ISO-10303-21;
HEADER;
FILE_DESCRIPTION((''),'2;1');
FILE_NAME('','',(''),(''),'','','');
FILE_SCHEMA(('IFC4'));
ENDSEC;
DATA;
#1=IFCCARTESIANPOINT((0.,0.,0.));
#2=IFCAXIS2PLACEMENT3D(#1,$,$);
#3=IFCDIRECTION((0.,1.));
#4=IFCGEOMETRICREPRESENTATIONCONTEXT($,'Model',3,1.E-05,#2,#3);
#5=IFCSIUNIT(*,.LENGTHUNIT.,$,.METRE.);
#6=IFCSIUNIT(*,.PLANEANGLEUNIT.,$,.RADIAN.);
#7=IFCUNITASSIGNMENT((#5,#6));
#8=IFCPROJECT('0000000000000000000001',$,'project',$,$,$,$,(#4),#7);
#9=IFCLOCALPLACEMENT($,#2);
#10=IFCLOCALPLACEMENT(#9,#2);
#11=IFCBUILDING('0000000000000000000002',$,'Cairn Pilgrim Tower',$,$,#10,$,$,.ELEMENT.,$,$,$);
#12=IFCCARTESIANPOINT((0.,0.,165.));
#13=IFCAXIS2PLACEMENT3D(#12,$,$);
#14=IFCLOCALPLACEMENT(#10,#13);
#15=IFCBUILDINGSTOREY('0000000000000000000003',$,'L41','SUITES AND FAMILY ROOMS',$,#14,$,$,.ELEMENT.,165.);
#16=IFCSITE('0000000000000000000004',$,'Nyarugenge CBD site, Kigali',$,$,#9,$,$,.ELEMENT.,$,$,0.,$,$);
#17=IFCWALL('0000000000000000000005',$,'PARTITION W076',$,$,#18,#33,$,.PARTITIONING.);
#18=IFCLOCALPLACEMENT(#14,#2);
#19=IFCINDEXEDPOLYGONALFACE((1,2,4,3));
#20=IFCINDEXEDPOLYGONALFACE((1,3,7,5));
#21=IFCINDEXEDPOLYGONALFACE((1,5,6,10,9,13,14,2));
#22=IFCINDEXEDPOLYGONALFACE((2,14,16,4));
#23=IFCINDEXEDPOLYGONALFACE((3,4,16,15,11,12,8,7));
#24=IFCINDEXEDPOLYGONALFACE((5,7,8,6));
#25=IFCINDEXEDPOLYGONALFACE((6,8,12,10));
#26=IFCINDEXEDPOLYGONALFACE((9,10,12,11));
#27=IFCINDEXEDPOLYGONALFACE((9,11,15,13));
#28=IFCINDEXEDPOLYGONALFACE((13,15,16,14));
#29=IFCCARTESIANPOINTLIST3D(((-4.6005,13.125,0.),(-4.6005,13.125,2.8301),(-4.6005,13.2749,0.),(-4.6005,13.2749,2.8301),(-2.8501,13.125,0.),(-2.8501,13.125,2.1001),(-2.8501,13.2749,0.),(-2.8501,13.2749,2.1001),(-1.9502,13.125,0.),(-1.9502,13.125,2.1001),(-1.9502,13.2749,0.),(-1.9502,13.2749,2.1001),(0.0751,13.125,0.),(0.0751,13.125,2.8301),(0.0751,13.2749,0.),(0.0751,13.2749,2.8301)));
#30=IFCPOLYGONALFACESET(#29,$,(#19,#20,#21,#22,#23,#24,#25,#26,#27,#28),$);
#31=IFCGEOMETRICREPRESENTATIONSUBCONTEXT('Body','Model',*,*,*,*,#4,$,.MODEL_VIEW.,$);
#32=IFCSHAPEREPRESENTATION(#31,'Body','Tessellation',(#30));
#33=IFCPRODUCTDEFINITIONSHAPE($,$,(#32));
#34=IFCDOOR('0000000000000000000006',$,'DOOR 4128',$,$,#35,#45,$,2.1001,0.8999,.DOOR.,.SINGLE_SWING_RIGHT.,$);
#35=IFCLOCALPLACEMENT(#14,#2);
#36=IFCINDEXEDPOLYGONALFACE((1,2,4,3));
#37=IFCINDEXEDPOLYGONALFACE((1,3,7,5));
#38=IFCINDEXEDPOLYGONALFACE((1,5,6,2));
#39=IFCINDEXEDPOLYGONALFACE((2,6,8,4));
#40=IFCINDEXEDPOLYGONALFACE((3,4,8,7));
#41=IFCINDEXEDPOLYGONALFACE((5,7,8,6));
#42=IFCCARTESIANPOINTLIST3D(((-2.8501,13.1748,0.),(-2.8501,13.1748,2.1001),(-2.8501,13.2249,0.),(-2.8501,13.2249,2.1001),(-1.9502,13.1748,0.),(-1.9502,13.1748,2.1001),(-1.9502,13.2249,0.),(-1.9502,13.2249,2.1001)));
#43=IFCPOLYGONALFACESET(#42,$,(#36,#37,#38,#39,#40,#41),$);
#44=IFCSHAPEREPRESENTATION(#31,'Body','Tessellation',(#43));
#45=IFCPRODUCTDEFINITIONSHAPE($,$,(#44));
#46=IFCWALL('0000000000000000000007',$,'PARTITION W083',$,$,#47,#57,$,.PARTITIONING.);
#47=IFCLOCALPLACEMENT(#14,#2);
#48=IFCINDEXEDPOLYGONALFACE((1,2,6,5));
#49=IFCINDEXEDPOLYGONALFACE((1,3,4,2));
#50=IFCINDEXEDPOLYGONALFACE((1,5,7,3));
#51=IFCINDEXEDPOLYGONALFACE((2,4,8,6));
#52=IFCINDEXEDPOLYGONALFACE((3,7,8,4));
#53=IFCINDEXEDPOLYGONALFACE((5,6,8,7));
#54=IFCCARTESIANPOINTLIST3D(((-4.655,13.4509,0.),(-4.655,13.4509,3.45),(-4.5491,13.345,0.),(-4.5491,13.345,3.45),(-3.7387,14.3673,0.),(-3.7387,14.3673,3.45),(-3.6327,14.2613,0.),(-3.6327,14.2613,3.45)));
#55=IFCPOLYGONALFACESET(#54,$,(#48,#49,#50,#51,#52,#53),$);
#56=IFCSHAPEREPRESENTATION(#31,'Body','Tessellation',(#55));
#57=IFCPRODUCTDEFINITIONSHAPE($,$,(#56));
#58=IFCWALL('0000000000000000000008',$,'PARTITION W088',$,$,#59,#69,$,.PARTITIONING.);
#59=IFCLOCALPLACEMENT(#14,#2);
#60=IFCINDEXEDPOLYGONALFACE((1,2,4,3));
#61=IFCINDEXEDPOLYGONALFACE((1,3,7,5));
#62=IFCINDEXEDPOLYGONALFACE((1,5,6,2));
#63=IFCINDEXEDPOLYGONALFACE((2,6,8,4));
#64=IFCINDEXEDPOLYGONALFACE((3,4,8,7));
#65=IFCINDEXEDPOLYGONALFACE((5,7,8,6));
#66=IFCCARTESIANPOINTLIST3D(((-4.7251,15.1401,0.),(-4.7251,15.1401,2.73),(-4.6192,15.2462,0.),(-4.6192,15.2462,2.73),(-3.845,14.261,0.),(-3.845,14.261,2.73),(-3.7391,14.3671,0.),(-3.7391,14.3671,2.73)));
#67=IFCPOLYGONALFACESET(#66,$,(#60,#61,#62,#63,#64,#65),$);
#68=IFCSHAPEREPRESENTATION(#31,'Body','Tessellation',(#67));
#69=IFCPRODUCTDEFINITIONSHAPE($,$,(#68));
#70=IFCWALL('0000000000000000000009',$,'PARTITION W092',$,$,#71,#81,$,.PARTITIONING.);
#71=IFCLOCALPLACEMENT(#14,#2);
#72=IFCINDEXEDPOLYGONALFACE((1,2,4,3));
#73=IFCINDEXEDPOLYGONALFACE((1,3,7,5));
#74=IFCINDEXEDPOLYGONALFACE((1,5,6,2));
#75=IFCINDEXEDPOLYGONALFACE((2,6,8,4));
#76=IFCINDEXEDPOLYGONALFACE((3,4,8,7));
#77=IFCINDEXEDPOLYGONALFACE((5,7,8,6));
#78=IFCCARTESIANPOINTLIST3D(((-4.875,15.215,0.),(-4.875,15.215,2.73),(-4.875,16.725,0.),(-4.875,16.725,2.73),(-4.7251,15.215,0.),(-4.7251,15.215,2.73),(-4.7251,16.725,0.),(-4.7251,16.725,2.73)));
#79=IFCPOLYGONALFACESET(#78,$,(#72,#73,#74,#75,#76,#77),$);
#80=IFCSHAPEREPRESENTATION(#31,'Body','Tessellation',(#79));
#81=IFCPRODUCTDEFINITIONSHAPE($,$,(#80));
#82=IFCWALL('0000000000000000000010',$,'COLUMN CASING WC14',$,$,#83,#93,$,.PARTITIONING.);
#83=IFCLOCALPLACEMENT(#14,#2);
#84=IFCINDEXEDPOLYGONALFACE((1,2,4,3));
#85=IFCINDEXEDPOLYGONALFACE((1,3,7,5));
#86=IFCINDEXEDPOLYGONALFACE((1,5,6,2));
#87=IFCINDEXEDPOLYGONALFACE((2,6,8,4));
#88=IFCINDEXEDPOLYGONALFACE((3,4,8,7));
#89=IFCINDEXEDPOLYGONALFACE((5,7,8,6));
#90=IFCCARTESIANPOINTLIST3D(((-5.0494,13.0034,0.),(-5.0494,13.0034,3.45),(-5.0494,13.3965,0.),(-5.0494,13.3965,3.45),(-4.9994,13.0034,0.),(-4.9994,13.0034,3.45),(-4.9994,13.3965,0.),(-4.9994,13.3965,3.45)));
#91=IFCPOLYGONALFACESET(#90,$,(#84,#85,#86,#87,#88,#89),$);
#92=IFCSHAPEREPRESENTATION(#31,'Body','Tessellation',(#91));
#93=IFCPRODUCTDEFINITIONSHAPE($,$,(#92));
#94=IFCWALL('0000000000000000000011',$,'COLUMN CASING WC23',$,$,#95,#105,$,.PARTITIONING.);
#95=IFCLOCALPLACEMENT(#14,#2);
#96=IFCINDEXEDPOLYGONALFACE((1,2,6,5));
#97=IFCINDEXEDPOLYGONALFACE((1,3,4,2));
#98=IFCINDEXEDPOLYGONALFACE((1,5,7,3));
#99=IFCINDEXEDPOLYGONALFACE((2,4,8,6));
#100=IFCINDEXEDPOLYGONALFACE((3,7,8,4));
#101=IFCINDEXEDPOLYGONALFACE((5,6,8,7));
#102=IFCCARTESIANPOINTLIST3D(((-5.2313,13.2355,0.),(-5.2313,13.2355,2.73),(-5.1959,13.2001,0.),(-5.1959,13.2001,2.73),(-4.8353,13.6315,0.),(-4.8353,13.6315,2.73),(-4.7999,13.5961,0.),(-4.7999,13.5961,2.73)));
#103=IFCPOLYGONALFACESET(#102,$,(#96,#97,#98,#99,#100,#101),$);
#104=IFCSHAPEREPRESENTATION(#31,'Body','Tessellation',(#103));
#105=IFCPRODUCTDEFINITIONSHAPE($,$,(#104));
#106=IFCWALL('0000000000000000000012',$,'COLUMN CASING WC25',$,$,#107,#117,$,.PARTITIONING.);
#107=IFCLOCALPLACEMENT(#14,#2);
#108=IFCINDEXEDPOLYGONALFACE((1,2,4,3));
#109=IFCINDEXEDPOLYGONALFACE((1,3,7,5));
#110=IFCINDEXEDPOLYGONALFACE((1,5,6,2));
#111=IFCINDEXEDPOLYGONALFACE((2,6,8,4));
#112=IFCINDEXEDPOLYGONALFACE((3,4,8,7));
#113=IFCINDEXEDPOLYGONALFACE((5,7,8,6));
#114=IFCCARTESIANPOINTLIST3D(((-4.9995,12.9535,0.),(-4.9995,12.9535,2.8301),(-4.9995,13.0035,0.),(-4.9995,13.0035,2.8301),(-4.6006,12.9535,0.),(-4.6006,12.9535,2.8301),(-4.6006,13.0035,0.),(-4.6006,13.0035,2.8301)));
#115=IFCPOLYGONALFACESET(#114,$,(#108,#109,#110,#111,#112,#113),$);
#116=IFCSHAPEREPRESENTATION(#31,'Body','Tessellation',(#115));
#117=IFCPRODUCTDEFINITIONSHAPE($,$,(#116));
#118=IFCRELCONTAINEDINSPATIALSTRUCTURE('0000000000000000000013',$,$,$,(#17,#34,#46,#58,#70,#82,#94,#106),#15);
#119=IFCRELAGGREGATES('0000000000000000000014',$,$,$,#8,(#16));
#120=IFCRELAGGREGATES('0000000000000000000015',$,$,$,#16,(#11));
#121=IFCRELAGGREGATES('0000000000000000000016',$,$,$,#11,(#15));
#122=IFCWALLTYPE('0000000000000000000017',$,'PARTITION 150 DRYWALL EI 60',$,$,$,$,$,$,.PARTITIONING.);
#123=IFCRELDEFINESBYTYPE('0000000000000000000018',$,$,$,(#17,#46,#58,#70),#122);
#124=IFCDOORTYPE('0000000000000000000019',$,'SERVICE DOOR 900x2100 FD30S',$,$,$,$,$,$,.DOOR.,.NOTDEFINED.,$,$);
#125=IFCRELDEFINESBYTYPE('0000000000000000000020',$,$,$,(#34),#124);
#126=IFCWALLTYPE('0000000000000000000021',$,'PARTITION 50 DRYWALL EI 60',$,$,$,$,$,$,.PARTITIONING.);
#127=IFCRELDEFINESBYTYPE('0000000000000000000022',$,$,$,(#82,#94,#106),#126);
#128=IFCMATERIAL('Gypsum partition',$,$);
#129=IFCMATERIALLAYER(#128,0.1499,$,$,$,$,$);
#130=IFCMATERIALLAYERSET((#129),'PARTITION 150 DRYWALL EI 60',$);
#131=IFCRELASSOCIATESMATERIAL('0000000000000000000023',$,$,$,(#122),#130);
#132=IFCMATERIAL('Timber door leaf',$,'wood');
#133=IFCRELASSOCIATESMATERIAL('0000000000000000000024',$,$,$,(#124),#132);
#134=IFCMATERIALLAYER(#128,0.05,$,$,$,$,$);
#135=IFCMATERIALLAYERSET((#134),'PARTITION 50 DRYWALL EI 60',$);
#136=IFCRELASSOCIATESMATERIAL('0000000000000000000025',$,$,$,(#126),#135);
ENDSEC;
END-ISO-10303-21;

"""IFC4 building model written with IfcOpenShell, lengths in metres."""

from ifc_helpers import new_model, si_unit, direction, frame, frame_2d, origin, place, context, subcontext, project, spatial, rectangle, extrude, material, layer, layer_set, type_object, element, fill, save


model = new_model("IFC4")

# Units and contexts
model_context = context("Model", 3, precision=1e-05, world=origin(), true_north=direction((0.0, 1.0)))
body_context = subcontext(model_context, "Body", "Model", "MODEL_VIEW")
ifc_project = project(units=[si_unit("LENGTHUNIT", "METRE"), si_unit("PLANEANGLEUNIT", "RADIAN")], contexts=[model_context])

# Site, building, storey
site_placement = place(None, origin())
site = spatial("IfcSite", under=ifc_project, at=site_placement, Name="Nyarugenge CBD site, Kigali", CompositionType="ELEMENT", RefElevation=0.0)
building_placement = place(site_placement, origin())
building = spatial("IfcBuilding", under=site, at=building_placement, Name="Cairn Pilgrim Tower", CompositionType="ELEMENT")
storey_placement = place(building_placement, frame((0.0, 0.0, 165.0)))
storey = spatial("IfcBuildingStorey", under=building, at=storey_placement, Name="L41", Description="SUITES AND FAMILY ROOMS", CompositionType="ELEMENT", Elevation=165.0)

# Shared definitions
ifc_material_1 = material(Name="Gypsum partition")
ifc_layer_1 = layer(ifc_material_1, 0.1499)
ifc_layer_set_1 = layer_set([ifc_layer_1], Name="PARTITION 150 DRYWALL EI 60")
wall_type_1 = type_object("IfcWallType", Name="PARTITION 150 DRYWALL EI 60", PredefinedType="PARTITIONING", material=ifc_layer_set_1)

# Wall, opening, door
wall_1_placement = place(storey_placement, frame((-4.6006, 13.2, 0.0), z_axis=(0.0, 0.0, 1.0), x_axis=(1.0, 0.0, 0.0)))
wall_1 = element("IfcWall", 1, at=wall_1_placement, inside=storey, type_object=wall_type_1, Name="PARTITION W076", PredefinedType="PARTITIONING", context=body_context, shape_type="SweptSolid", body=[
    extrude(rectangle(XDim=4.6755, YDim=0.1499, at=frame_2d((2.3379, 0.0))), origin(), (0.0, 0.0, 1.0), 2.8301),
])
opening_placement = place(wall_1_placement, frame((1.7505, 0.0, 0.0)))
opening = element("IfcOpeningElement", 2, at=opening_placement, cuts=wall_1, PredefinedType="OPENING", context=body_context, shape_type="SweptSolid", body=[
    extrude(rectangle(XDim=0.8999, YDim=2.1001, at=frame_2d((0.45, 1.05))), frame((0.0, 0.085, 0.0), z_axis=(0.0, -1.0, 0.0), x_axis=(1.0, 0.0, 0.0)), (0.0, 0.0, 1.0), 0.1699),
])
ifc_material_2 = material(Name="Timber door leaf", Category="wood")
door_type = type_object("IfcDoorType", Name="SERVICE DOOR 900x2100 FD30S", OperationType="NOTDEFINED", PredefinedType="DOOR", material=ifc_material_2)
door_placement = place(opening_placement, origin())
door = element("IfcDoor", 3, at=door_placement, inside=storey, type_object=door_type, Name="DOOR 4128", OperationType="SINGLE_SWING_RIGHT", OverallHeight=2.1001, OverallWidth=0.8999, PredefinedType="DOOR", context=body_context, shape_type="SweptSolid", body=[
    extrude(rectangle(XDim=0.8999, YDim=2.1001, at=frame_2d((0.45, 1.05))), frame((0.0, 0.0249, 0.0), z_axis=(0.0, -1.0, 0.0), x_axis=(1.0, 0.0, 0.0)), (0.0, 0.0, 1.0), 0.05),
])
fill(opening, door)

# Walls
wall_2_placement = place(storey_placement, frame((-4.6021, 13.3979, 0.0), z_axis=(0.0, 0.0, 1.0), x_axis=(0.707107, 0.707107, 0.0)))
element("IfcWall", 4, at=wall_2_placement, inside=storey, type_object=wall_type_1, Name="PARTITION W083", PredefinedType="PARTITIONING", context=body_context, shape_type="SweptSolid", body=[
    extrude(rectangle(XDim=1.2959, YDim=0.1499, at=frame_2d((0.6479, 0.0))), origin(), (0.0, 0.0, 1.0), 3.45),
])
wall_3_placement = place(storey_placement, frame((-3.792, 14.314, 0.0), z_axis=(0.0, 0.0, 1.0), x_axis=(-0.707499, 0.706714, 0.0)))
element("IfcWall", 5, at=wall_3_placement, inside=storey, type_object=wall_type_1, Name="PARTITION W088", PredefinedType="PARTITIONING", context=body_context, shape_type="SweptSolid", body=[
    extrude(rectangle(XDim=1.2439, YDim=0.1499, at=frame_2d((0.6221, 0.0))), origin(), (0.0, 0.0, 1.0), 2.73),
])
wall_4_placement = place(storey_placement, frame((-4.8, 15.2151, 0.0), z_axis=(0.0, 0.0, 1.0), x_axis=(0.0, 1.0, 0.0)))
element("IfcWall", 6, at=wall_4_placement, inside=storey, type_object=wall_type_1, Name="PARTITION W092", PredefinedType="PARTITIONING", context=body_context, shape_type="SweptSolid", body=[
    extrude(rectangle(XDim=1.51, YDim=0.1499, at=frame_2d((0.7549, 0.0))), origin(), (0.0, 0.0, 1.0), 2.73),
])
ifc_layer_2 = layer(ifc_material_1, 0.05)
ifc_layer_set_2 = layer_set([ifc_layer_2], Name="PARTITION 50 DRYWALL EI 60")
wall_type_2 = type_object("IfcWallType", Name="PARTITION 50 DRYWALL EI 60", PredefinedType="PARTITIONING", material=ifc_layer_set_2)
wall_5_placement = place(storey_placement, frame((-5.0244, 13.0034, 0.0), z_axis=(0.0, 0.0, 1.0), x_axis=(0.0, 1.0, 0.0)))
element("IfcWall", 7, at=wall_5_placement, inside=storey, type_object=wall_type_2, Name="COLUMN CASING WC14", PredefinedType="PARTITIONING", context=body_context, shape_type="SweptSolid", body=[
    extrude(rectangle(XDim=0.3931, YDim=0.05, at=frame_2d((0.1965, 0.0))), origin(), (0.0, 0.0, 1.0), 3.45),
])
wall_6_placement = place(storey_placement, frame((-5.2136, 13.2178, 0.0), z_axis=(0.0, 0.0, 1.0), x_axis=(0.707107, 0.707107, 0.0)))
element("IfcWall", 8, at=wall_6_placement, inside=storey, type_object=wall_type_2, Name="COLUMN CASING WC23", PredefinedType="PARTITIONING", context=body_context, shape_type="SweptSolid", body=[
    extrude(rectangle(XDim=0.5601, YDim=0.05, at=frame_2d((0.28, 0.0))), origin(), (0.0, 0.0, 1.0), 2.73),
])
wall_7_placement = place(storey_placement, frame((-4.9995, 12.9785, 0.0), z_axis=(0.0, 0.0, 1.0), x_axis=(1.0, 0.0, 0.0)))
element("IfcWall", 9, at=wall_7_placement, inside=storey, type_object=wall_type_2, Name="COLUMN CASING WC25", PredefinedType="PARTITIONING", context=body_context, shape_type="SweptSolid", body=[
    extrude(rectangle(XDim=0.3989, YDim=0.05, at=frame_2d((0.1995, 0.0))), origin(), (0.0, 0.0, 1.0), 2.8301),
])

save(model, "model.ifc")
